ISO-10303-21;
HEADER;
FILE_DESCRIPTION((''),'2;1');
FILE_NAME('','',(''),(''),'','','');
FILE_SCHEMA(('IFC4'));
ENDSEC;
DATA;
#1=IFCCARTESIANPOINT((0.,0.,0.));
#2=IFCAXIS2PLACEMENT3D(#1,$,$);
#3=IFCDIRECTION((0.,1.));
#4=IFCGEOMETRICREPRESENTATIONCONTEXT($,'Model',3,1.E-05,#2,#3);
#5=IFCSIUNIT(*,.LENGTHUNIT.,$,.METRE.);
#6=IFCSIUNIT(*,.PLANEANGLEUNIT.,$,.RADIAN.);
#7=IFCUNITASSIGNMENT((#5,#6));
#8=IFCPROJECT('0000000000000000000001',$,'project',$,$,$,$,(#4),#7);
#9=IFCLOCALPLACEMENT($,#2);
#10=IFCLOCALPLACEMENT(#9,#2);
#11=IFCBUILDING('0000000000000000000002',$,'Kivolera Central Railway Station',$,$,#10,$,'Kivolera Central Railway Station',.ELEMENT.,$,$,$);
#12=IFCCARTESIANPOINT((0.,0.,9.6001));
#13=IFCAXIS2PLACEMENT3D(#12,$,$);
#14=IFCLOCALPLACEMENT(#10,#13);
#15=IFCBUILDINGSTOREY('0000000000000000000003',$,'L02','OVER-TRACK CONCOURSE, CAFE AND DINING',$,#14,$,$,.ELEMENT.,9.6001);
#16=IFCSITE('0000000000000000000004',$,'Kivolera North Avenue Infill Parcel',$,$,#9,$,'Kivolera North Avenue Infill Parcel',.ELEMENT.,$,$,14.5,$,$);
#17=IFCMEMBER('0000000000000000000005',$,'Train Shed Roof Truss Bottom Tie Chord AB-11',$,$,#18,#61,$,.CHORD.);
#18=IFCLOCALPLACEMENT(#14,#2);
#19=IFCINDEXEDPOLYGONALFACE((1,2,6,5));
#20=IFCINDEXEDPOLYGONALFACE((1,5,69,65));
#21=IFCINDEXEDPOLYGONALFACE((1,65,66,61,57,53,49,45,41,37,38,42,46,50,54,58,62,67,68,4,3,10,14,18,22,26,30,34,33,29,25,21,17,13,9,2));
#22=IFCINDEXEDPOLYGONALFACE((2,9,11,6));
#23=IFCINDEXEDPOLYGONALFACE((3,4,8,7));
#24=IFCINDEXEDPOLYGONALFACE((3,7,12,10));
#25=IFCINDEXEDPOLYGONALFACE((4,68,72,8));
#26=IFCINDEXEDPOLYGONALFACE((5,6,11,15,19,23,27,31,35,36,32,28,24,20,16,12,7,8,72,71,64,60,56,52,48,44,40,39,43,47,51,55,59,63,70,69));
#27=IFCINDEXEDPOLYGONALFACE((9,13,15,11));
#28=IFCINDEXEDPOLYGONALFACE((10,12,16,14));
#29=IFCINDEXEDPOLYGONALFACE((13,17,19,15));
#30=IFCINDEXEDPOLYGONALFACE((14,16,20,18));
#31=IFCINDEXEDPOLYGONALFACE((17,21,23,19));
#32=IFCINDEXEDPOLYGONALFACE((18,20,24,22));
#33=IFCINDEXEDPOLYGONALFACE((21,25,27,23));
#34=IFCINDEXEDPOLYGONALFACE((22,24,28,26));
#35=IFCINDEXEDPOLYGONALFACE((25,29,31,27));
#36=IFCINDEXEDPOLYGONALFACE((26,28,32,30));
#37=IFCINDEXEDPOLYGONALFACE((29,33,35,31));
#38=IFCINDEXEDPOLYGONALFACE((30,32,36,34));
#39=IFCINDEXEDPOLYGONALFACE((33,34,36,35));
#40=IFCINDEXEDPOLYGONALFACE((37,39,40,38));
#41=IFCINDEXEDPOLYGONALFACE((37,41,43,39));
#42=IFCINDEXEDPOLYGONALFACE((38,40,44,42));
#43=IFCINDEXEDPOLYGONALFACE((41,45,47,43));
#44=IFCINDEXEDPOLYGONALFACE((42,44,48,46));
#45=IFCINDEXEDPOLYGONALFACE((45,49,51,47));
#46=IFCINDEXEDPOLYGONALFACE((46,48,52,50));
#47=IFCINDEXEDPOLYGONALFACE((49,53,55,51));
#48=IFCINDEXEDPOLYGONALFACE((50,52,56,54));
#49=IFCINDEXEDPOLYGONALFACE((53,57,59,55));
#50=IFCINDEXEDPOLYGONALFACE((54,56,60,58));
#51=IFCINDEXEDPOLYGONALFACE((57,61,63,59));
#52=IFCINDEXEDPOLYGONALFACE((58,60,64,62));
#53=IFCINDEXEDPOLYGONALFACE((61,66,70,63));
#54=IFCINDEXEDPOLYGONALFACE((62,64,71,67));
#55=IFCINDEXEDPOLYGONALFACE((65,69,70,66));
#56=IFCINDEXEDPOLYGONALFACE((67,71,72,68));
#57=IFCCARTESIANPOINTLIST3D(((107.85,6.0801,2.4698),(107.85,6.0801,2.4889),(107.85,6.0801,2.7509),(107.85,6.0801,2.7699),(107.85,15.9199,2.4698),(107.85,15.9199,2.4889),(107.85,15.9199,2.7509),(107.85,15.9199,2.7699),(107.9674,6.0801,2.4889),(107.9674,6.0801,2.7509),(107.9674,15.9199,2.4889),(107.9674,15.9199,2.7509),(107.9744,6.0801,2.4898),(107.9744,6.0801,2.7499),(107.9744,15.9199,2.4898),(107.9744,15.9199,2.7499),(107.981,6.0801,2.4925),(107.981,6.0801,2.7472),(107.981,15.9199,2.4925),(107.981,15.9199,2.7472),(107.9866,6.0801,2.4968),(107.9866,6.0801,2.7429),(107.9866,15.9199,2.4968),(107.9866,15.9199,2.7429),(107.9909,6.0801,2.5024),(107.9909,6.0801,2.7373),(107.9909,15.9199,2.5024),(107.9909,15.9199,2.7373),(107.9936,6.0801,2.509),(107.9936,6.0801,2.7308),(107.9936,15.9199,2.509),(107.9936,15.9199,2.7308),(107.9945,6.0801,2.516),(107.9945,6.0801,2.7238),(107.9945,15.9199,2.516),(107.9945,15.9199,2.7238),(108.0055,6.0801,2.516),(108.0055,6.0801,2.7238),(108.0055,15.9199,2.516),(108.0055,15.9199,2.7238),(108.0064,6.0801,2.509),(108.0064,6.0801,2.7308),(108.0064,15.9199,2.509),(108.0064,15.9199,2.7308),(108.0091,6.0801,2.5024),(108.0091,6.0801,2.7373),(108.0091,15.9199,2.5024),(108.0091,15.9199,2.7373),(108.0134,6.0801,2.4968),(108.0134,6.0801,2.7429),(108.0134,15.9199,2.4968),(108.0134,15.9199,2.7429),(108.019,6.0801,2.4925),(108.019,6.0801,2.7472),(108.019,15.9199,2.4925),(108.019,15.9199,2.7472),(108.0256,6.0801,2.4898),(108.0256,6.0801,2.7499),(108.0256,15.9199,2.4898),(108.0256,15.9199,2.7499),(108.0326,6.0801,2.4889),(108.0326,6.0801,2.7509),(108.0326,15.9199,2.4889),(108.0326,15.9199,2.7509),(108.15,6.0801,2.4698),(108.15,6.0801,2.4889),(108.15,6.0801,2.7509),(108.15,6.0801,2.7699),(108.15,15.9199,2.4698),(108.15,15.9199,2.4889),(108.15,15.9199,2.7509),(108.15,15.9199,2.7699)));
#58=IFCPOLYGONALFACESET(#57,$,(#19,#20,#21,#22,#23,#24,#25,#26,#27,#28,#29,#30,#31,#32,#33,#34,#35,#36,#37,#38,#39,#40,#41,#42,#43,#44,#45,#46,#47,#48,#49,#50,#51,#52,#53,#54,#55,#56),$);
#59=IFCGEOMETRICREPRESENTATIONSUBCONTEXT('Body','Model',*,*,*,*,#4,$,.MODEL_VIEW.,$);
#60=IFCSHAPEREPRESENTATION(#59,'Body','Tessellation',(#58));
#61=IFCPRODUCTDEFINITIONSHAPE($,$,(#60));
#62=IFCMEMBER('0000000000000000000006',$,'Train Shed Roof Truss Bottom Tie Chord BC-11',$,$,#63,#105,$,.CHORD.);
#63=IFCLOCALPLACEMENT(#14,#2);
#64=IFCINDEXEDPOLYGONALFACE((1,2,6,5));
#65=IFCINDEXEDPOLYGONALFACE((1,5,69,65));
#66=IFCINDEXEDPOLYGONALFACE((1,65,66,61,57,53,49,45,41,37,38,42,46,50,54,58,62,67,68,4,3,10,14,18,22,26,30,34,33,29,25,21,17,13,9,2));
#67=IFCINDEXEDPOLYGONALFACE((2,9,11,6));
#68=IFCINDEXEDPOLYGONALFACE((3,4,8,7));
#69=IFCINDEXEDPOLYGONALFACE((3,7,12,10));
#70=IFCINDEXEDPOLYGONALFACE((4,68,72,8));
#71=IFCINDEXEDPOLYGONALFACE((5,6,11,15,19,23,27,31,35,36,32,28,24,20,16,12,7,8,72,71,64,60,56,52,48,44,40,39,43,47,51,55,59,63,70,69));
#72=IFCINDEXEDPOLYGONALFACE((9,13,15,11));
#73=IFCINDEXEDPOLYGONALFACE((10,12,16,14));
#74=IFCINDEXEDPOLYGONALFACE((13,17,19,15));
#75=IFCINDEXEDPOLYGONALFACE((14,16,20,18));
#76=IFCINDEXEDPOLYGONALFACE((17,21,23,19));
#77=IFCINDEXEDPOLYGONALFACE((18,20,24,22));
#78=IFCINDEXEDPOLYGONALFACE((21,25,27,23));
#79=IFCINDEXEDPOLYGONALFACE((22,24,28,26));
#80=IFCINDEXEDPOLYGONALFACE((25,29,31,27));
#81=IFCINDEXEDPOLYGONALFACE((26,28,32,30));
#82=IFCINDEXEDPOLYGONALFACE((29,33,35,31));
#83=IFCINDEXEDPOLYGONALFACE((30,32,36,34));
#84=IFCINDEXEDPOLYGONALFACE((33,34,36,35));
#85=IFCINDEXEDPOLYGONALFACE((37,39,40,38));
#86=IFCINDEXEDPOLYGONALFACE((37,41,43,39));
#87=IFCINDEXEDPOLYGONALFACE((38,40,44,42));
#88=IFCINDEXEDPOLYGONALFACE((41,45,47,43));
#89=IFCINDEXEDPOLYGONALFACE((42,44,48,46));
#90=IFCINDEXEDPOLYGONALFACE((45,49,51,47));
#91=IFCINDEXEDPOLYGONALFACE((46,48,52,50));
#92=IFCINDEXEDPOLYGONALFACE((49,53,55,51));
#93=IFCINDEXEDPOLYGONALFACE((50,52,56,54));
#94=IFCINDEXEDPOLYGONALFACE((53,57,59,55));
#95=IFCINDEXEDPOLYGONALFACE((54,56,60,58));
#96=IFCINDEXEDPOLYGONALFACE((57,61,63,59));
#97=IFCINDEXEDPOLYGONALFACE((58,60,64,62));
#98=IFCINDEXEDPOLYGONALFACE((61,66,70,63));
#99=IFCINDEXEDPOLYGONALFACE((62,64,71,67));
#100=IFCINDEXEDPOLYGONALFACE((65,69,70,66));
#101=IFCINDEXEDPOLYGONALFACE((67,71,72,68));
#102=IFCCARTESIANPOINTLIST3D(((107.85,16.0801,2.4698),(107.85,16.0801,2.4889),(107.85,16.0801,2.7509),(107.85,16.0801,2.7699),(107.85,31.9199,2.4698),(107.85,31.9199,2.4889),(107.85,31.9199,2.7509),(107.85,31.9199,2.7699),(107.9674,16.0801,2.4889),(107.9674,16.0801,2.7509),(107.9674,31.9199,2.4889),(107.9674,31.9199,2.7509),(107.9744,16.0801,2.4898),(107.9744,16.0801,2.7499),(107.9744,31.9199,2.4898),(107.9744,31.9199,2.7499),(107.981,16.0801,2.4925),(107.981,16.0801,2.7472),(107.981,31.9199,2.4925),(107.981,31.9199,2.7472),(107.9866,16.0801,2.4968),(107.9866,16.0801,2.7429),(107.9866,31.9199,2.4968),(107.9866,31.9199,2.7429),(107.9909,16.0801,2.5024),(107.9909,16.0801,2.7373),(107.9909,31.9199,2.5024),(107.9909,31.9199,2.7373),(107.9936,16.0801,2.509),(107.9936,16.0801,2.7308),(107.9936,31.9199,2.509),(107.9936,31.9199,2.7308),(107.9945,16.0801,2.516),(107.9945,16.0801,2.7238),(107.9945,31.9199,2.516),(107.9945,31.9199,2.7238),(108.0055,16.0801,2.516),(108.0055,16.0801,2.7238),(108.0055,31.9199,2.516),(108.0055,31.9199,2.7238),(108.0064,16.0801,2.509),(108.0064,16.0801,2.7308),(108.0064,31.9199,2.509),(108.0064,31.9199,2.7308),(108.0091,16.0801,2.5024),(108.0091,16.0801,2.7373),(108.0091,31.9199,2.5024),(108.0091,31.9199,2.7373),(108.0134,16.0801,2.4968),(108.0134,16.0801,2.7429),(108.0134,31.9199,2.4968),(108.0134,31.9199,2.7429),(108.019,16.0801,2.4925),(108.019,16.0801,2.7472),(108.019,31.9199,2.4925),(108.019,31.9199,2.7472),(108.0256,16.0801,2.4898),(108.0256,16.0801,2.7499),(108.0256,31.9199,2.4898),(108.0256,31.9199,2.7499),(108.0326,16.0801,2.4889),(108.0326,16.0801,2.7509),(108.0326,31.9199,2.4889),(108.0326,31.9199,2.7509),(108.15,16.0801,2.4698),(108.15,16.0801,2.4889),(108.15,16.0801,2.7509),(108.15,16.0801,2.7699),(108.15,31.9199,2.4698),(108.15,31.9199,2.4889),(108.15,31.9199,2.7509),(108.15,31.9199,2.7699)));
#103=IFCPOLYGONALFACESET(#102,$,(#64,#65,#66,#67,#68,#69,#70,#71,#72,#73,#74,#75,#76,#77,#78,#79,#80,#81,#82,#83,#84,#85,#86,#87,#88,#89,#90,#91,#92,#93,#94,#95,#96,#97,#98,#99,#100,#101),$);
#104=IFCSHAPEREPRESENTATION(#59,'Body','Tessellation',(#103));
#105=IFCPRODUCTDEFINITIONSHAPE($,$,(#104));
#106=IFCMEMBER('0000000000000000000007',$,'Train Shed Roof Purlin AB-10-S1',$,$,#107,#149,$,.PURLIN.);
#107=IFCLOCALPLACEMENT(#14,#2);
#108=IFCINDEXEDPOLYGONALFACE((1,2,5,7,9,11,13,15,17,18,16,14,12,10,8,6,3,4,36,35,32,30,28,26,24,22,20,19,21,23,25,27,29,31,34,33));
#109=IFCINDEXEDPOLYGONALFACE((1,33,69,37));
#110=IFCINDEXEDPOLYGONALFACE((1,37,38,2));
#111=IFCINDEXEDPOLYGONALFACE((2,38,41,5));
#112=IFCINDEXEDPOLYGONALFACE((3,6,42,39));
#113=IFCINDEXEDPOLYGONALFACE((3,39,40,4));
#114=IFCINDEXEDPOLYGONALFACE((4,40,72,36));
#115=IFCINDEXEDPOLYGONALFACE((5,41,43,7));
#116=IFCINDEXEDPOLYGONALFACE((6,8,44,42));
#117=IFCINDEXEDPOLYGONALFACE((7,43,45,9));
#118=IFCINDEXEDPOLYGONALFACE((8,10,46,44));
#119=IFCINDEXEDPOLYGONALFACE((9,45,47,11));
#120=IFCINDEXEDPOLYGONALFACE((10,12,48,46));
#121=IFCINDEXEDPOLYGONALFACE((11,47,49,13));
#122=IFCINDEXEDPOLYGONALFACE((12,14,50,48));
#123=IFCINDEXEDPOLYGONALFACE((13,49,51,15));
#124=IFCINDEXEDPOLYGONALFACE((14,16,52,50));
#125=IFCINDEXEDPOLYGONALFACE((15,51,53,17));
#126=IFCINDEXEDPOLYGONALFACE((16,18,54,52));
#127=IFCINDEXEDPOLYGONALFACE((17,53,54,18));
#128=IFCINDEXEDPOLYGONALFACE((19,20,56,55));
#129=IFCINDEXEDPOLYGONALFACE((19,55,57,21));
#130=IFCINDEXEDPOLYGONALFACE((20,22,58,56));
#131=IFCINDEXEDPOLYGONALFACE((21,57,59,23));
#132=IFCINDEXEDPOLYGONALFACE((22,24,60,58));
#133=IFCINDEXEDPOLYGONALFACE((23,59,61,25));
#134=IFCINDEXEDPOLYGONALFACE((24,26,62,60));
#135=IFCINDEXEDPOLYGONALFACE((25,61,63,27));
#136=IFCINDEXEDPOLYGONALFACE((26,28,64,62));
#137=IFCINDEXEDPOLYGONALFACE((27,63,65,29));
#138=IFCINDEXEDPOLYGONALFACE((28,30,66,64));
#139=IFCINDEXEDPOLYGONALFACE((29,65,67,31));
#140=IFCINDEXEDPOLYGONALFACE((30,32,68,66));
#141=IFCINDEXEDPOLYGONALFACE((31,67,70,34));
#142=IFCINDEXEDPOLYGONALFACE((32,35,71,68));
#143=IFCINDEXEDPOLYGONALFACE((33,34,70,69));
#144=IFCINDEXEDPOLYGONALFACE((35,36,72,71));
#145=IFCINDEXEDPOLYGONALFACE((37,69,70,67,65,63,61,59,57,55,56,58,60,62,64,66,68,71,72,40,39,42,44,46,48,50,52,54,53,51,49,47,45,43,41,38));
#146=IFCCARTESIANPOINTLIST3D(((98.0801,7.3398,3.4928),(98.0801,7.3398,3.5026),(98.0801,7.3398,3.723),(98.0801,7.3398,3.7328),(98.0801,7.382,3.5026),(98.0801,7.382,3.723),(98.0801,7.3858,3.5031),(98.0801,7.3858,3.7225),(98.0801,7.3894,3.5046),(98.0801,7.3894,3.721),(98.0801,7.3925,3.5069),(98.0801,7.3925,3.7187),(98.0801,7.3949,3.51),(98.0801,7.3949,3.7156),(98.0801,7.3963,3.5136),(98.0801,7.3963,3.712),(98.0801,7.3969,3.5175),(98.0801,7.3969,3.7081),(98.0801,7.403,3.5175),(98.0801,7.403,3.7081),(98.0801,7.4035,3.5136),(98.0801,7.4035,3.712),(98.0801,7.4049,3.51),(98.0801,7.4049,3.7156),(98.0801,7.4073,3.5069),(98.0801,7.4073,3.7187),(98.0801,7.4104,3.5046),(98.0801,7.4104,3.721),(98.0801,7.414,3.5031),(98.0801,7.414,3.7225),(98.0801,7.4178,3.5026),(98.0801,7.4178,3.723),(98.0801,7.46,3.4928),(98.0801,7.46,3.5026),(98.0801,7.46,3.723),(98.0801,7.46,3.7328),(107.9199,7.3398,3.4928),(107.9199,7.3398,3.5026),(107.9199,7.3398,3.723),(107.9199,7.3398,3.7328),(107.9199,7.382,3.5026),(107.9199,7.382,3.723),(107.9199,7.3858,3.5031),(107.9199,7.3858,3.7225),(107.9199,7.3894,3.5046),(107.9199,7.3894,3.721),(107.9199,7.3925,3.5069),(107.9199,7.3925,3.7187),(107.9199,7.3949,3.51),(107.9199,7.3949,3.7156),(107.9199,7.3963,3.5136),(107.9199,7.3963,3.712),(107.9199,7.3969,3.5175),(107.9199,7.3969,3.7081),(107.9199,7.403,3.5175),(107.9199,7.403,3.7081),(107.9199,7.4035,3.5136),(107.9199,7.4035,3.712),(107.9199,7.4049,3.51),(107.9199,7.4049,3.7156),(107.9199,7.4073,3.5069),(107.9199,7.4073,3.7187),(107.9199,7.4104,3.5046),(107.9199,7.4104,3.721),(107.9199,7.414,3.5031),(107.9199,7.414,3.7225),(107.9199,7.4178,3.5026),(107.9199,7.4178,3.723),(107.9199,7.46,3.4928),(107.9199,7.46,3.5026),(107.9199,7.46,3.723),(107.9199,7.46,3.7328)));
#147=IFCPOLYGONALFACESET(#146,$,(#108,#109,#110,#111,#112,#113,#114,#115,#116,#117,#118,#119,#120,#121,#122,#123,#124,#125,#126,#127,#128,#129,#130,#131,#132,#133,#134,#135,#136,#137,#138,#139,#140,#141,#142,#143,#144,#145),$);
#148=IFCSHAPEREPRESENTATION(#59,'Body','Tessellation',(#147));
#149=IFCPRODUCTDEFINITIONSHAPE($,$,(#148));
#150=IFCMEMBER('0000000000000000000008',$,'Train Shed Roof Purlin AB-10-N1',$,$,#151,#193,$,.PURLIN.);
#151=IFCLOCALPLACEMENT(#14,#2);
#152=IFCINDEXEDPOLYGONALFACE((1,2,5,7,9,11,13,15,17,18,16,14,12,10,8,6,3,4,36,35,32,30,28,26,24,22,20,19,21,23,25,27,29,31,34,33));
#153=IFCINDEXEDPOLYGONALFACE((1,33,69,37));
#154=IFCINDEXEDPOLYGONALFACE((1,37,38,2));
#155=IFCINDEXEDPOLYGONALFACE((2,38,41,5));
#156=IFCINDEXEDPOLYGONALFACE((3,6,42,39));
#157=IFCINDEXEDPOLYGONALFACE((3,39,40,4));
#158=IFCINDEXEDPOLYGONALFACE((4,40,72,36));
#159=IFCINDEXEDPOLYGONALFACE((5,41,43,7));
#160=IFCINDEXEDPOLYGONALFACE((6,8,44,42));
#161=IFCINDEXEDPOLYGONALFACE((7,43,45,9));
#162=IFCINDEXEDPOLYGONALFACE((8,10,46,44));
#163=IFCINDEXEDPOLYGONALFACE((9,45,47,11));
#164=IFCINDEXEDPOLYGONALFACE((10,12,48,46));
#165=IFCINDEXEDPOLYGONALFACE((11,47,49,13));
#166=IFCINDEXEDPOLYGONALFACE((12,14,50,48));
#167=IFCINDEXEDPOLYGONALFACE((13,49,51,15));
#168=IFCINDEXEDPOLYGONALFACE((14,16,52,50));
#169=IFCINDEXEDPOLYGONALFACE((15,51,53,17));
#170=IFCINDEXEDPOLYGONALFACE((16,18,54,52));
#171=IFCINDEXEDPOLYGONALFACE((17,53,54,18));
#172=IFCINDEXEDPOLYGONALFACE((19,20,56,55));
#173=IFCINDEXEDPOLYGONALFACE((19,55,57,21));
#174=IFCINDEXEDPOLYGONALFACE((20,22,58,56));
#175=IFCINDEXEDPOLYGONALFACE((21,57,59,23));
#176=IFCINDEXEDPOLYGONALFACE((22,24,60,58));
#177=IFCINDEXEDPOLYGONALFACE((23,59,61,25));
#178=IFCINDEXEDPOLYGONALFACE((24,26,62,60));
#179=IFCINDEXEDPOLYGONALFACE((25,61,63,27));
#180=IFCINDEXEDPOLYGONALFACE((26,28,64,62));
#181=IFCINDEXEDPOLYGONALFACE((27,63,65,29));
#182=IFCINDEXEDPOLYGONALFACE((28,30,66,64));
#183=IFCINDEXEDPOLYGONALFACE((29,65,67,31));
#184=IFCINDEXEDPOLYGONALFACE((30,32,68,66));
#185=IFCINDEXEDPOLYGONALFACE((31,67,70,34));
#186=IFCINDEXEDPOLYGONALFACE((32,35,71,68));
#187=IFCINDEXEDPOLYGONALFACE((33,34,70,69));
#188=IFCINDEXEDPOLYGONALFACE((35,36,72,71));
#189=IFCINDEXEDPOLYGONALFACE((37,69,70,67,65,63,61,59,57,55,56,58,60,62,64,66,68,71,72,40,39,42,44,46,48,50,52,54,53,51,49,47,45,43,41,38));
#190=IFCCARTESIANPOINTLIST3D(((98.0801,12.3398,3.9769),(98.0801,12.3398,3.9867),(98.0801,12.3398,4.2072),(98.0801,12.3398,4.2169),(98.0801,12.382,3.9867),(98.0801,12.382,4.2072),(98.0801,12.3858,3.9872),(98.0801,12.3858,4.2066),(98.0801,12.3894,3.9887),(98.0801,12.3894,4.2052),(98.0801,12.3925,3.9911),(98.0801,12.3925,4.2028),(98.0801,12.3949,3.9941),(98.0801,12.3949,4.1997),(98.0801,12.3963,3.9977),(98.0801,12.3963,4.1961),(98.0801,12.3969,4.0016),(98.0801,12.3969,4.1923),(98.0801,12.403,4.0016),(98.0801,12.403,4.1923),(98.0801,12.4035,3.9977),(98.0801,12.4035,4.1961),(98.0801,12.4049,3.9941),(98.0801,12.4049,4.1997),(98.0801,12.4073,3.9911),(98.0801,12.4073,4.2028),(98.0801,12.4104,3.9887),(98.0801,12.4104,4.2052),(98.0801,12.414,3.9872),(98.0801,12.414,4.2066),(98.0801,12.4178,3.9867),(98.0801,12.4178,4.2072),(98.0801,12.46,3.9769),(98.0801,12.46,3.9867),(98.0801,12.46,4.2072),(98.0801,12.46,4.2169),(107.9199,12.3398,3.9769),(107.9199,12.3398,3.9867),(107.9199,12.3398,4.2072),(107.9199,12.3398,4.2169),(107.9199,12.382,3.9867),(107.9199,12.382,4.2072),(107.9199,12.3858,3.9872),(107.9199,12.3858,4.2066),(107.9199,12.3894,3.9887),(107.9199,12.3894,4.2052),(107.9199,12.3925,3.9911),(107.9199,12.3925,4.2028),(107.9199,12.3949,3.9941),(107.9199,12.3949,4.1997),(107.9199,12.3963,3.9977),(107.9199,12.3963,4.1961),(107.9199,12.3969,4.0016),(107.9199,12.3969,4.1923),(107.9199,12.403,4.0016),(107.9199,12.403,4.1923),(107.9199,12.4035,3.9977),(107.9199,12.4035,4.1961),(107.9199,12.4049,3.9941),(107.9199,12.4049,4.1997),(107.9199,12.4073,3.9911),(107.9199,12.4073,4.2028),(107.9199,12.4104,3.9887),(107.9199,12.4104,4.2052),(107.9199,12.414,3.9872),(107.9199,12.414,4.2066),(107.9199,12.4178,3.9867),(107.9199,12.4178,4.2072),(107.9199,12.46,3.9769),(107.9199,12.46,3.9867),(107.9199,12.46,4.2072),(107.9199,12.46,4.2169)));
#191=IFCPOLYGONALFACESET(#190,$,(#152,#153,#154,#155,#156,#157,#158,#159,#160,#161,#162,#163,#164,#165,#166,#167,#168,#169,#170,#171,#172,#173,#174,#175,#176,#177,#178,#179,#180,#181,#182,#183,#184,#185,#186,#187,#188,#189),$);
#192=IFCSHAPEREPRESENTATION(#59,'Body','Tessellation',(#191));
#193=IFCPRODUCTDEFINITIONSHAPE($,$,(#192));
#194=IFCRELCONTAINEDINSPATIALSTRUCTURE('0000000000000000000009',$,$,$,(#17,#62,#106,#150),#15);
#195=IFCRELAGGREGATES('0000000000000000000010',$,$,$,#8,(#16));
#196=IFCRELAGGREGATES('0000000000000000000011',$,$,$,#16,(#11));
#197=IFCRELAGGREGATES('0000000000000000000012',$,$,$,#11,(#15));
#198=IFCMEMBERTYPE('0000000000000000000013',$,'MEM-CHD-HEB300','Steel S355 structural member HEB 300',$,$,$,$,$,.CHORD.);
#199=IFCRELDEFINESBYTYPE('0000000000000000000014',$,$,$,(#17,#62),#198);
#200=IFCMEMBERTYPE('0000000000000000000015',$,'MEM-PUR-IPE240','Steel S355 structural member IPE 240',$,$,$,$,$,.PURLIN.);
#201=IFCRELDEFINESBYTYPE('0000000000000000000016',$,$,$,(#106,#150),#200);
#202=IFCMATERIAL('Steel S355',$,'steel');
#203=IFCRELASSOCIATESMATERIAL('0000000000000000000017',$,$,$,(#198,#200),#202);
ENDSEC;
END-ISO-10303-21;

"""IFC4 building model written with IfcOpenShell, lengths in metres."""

from ifc_helpers import new_model, si_unit, direction, frame, origin, origin_2d, place, context, subcontext, project, spatial, i_section, extrude, material, material_profile, profile_set, type_object, element, save


model = new_model("IFC4")

# Units and contexts
model_context = context("Model", 3, precision=1e-05, world=origin(), true_north=direction((0.0, 1.0)))
body_context = subcontext(model_context, "Body", "Model", "MODEL_VIEW")
ifc_project = project(units=[si_unit("LENGTHUNIT", "METRE"), si_unit("PLANEANGLEUNIT", "RADIAN")], contexts=[model_context])

# Site, building, storey
site_placement = place(None, origin())
site = spatial("IfcSite", under=ifc_project, at=site_placement, Name="Kivolera North Avenue Infill Parcel", LongName="Kivolera North Avenue Infill Parcel", CompositionType="ELEMENT", RefElevation=14.5)
building_placement = place(site_placement, origin())
building = spatial("IfcBuilding", under=site, at=building_placement, Name="Kivolera Central Railway Station", LongName="Kivolera Central Railway Station", CompositionType="ELEMENT")
storey_placement = place(building_placement, frame((0.0, 0.0, 9.6001)))
storey = spatial("IfcBuildingStorey", under=building, at=storey_placement, Name="L02", Description="OVER-TRACK CONCOURSE, CAFE AND DINING", CompositionType="ELEMENT", Elevation=9.6001)

# Shared definitions
ifc_material_1 = material(Name="Steel S355", Category="steel")

# Members
ifc_material_profile_1 = material_profile(ifc_material_1, i_section(OverallWidth=0.3, OverallDepth=0.3, WebThickness=0.011, FlangeThickness=0.019, FilletRadius=0.0271, at=origin_2d()), Name="HEB 300")
ifc_profile_set_1 = profile_set([ifc_material_profile_1], Name="Steel S355")
member_type_1 = type_object("IfcMemberType", Name="MEM-CHD-HEB300", Description="Steel S355 structural member HEB 300", PredefinedType="CHORD", material=ifc_profile_set_1)
member_1_placement = place(storey_placement, frame((108.0, 6.0801, 2.6199), z_axis=(0.0, 1.0, 0.0), x_axis=(-1.0, 0.0, 0.0)))
element("IfcMember", 1, at=member_1_placement, inside=storey, type_object=member_type_1, Name="Train Shed Roof Truss Bottom Tie Chord AB-11", PredefinedType="CHORD", context=body_context, shape_type="SweptSolid", body=[
    extrude(i_section(OverallWidth=0.3, OverallDepth=0.3, WebThickness=0.011, FlangeThickness=0.019, FilletRadius=0.0271, at=origin_2d()), origin(), (0.0, 0.0, 1.0), 9.8398),
])
member_2_placement = place(storey_placement, frame((108.0, 16.0801, 2.6199), z_axis=(0.0, 1.0, 0.0), x_axis=(-1.0, 0.0, 0.0)))
element("IfcMember", 2, at=member_2_placement, inside=storey, type_object=member_type_1, Name="Train Shed Roof Truss Bottom Tie Chord BC-11", PredefinedType="CHORD", context=body_context, shape_type="SweptSolid", body=[
    extrude(i_section(OverallWidth=0.3, OverallDepth=0.3, WebThickness=0.011, FlangeThickness=0.019, FilletRadius=0.0271, at=origin_2d()), origin(), (0.0, 0.0, 1.0), 15.8398),
])
ifc_material_profile_2 = material_profile(ifc_material_1, i_section(OverallWidth=0.1201, OverallDepth=0.24, WebThickness=0.0061, FlangeThickness=0.0098, FilletRadius=0.0149, at=origin_2d()), Name="IPE 240")
ifc_profile_set_2 = profile_set([ifc_material_profile_2], Name="Steel S355")
member_type_2 = type_object("IfcMemberType", Name="MEM-PUR-IPE240", Description="Steel S355 structural member IPE 240", PredefinedType="PURLIN", material=ifc_profile_set_2)
for number, where, z_axis, x_axis, name in (
    (3, (98.0801, 7.3999, 3.6128), (1.0, 0.0, 0.0), (0.0, 1.0, 0.0), "Train Shed Roof Purlin AB-10-S1"),
    (4, (98.0801, 12.3999, 4.0969), (1.0, 0.0, 0.0), (0.0, 1.0, 0.0), "Train Shed Roof Purlin AB-10-N1"),
):
    element("IfcMember", number, at=place(storey_placement, frame(where, z_axis=z_axis, x_axis=x_axis)), inside=storey, type_object=member_type_2, Name=name, PredefinedType="PURLIN", context=body_context, shape_type="SweptSolid", body=[
        extrude(i_section(OverallWidth=0.1201, OverallDepth=0.24, WebThickness=0.0061, FlangeThickness=0.0098, FilletRadius=0.0149, at=origin_2d()), origin(), (0.0, 0.0, 1.0), 9.8398),
    ])

save(model, "model.ifc")
